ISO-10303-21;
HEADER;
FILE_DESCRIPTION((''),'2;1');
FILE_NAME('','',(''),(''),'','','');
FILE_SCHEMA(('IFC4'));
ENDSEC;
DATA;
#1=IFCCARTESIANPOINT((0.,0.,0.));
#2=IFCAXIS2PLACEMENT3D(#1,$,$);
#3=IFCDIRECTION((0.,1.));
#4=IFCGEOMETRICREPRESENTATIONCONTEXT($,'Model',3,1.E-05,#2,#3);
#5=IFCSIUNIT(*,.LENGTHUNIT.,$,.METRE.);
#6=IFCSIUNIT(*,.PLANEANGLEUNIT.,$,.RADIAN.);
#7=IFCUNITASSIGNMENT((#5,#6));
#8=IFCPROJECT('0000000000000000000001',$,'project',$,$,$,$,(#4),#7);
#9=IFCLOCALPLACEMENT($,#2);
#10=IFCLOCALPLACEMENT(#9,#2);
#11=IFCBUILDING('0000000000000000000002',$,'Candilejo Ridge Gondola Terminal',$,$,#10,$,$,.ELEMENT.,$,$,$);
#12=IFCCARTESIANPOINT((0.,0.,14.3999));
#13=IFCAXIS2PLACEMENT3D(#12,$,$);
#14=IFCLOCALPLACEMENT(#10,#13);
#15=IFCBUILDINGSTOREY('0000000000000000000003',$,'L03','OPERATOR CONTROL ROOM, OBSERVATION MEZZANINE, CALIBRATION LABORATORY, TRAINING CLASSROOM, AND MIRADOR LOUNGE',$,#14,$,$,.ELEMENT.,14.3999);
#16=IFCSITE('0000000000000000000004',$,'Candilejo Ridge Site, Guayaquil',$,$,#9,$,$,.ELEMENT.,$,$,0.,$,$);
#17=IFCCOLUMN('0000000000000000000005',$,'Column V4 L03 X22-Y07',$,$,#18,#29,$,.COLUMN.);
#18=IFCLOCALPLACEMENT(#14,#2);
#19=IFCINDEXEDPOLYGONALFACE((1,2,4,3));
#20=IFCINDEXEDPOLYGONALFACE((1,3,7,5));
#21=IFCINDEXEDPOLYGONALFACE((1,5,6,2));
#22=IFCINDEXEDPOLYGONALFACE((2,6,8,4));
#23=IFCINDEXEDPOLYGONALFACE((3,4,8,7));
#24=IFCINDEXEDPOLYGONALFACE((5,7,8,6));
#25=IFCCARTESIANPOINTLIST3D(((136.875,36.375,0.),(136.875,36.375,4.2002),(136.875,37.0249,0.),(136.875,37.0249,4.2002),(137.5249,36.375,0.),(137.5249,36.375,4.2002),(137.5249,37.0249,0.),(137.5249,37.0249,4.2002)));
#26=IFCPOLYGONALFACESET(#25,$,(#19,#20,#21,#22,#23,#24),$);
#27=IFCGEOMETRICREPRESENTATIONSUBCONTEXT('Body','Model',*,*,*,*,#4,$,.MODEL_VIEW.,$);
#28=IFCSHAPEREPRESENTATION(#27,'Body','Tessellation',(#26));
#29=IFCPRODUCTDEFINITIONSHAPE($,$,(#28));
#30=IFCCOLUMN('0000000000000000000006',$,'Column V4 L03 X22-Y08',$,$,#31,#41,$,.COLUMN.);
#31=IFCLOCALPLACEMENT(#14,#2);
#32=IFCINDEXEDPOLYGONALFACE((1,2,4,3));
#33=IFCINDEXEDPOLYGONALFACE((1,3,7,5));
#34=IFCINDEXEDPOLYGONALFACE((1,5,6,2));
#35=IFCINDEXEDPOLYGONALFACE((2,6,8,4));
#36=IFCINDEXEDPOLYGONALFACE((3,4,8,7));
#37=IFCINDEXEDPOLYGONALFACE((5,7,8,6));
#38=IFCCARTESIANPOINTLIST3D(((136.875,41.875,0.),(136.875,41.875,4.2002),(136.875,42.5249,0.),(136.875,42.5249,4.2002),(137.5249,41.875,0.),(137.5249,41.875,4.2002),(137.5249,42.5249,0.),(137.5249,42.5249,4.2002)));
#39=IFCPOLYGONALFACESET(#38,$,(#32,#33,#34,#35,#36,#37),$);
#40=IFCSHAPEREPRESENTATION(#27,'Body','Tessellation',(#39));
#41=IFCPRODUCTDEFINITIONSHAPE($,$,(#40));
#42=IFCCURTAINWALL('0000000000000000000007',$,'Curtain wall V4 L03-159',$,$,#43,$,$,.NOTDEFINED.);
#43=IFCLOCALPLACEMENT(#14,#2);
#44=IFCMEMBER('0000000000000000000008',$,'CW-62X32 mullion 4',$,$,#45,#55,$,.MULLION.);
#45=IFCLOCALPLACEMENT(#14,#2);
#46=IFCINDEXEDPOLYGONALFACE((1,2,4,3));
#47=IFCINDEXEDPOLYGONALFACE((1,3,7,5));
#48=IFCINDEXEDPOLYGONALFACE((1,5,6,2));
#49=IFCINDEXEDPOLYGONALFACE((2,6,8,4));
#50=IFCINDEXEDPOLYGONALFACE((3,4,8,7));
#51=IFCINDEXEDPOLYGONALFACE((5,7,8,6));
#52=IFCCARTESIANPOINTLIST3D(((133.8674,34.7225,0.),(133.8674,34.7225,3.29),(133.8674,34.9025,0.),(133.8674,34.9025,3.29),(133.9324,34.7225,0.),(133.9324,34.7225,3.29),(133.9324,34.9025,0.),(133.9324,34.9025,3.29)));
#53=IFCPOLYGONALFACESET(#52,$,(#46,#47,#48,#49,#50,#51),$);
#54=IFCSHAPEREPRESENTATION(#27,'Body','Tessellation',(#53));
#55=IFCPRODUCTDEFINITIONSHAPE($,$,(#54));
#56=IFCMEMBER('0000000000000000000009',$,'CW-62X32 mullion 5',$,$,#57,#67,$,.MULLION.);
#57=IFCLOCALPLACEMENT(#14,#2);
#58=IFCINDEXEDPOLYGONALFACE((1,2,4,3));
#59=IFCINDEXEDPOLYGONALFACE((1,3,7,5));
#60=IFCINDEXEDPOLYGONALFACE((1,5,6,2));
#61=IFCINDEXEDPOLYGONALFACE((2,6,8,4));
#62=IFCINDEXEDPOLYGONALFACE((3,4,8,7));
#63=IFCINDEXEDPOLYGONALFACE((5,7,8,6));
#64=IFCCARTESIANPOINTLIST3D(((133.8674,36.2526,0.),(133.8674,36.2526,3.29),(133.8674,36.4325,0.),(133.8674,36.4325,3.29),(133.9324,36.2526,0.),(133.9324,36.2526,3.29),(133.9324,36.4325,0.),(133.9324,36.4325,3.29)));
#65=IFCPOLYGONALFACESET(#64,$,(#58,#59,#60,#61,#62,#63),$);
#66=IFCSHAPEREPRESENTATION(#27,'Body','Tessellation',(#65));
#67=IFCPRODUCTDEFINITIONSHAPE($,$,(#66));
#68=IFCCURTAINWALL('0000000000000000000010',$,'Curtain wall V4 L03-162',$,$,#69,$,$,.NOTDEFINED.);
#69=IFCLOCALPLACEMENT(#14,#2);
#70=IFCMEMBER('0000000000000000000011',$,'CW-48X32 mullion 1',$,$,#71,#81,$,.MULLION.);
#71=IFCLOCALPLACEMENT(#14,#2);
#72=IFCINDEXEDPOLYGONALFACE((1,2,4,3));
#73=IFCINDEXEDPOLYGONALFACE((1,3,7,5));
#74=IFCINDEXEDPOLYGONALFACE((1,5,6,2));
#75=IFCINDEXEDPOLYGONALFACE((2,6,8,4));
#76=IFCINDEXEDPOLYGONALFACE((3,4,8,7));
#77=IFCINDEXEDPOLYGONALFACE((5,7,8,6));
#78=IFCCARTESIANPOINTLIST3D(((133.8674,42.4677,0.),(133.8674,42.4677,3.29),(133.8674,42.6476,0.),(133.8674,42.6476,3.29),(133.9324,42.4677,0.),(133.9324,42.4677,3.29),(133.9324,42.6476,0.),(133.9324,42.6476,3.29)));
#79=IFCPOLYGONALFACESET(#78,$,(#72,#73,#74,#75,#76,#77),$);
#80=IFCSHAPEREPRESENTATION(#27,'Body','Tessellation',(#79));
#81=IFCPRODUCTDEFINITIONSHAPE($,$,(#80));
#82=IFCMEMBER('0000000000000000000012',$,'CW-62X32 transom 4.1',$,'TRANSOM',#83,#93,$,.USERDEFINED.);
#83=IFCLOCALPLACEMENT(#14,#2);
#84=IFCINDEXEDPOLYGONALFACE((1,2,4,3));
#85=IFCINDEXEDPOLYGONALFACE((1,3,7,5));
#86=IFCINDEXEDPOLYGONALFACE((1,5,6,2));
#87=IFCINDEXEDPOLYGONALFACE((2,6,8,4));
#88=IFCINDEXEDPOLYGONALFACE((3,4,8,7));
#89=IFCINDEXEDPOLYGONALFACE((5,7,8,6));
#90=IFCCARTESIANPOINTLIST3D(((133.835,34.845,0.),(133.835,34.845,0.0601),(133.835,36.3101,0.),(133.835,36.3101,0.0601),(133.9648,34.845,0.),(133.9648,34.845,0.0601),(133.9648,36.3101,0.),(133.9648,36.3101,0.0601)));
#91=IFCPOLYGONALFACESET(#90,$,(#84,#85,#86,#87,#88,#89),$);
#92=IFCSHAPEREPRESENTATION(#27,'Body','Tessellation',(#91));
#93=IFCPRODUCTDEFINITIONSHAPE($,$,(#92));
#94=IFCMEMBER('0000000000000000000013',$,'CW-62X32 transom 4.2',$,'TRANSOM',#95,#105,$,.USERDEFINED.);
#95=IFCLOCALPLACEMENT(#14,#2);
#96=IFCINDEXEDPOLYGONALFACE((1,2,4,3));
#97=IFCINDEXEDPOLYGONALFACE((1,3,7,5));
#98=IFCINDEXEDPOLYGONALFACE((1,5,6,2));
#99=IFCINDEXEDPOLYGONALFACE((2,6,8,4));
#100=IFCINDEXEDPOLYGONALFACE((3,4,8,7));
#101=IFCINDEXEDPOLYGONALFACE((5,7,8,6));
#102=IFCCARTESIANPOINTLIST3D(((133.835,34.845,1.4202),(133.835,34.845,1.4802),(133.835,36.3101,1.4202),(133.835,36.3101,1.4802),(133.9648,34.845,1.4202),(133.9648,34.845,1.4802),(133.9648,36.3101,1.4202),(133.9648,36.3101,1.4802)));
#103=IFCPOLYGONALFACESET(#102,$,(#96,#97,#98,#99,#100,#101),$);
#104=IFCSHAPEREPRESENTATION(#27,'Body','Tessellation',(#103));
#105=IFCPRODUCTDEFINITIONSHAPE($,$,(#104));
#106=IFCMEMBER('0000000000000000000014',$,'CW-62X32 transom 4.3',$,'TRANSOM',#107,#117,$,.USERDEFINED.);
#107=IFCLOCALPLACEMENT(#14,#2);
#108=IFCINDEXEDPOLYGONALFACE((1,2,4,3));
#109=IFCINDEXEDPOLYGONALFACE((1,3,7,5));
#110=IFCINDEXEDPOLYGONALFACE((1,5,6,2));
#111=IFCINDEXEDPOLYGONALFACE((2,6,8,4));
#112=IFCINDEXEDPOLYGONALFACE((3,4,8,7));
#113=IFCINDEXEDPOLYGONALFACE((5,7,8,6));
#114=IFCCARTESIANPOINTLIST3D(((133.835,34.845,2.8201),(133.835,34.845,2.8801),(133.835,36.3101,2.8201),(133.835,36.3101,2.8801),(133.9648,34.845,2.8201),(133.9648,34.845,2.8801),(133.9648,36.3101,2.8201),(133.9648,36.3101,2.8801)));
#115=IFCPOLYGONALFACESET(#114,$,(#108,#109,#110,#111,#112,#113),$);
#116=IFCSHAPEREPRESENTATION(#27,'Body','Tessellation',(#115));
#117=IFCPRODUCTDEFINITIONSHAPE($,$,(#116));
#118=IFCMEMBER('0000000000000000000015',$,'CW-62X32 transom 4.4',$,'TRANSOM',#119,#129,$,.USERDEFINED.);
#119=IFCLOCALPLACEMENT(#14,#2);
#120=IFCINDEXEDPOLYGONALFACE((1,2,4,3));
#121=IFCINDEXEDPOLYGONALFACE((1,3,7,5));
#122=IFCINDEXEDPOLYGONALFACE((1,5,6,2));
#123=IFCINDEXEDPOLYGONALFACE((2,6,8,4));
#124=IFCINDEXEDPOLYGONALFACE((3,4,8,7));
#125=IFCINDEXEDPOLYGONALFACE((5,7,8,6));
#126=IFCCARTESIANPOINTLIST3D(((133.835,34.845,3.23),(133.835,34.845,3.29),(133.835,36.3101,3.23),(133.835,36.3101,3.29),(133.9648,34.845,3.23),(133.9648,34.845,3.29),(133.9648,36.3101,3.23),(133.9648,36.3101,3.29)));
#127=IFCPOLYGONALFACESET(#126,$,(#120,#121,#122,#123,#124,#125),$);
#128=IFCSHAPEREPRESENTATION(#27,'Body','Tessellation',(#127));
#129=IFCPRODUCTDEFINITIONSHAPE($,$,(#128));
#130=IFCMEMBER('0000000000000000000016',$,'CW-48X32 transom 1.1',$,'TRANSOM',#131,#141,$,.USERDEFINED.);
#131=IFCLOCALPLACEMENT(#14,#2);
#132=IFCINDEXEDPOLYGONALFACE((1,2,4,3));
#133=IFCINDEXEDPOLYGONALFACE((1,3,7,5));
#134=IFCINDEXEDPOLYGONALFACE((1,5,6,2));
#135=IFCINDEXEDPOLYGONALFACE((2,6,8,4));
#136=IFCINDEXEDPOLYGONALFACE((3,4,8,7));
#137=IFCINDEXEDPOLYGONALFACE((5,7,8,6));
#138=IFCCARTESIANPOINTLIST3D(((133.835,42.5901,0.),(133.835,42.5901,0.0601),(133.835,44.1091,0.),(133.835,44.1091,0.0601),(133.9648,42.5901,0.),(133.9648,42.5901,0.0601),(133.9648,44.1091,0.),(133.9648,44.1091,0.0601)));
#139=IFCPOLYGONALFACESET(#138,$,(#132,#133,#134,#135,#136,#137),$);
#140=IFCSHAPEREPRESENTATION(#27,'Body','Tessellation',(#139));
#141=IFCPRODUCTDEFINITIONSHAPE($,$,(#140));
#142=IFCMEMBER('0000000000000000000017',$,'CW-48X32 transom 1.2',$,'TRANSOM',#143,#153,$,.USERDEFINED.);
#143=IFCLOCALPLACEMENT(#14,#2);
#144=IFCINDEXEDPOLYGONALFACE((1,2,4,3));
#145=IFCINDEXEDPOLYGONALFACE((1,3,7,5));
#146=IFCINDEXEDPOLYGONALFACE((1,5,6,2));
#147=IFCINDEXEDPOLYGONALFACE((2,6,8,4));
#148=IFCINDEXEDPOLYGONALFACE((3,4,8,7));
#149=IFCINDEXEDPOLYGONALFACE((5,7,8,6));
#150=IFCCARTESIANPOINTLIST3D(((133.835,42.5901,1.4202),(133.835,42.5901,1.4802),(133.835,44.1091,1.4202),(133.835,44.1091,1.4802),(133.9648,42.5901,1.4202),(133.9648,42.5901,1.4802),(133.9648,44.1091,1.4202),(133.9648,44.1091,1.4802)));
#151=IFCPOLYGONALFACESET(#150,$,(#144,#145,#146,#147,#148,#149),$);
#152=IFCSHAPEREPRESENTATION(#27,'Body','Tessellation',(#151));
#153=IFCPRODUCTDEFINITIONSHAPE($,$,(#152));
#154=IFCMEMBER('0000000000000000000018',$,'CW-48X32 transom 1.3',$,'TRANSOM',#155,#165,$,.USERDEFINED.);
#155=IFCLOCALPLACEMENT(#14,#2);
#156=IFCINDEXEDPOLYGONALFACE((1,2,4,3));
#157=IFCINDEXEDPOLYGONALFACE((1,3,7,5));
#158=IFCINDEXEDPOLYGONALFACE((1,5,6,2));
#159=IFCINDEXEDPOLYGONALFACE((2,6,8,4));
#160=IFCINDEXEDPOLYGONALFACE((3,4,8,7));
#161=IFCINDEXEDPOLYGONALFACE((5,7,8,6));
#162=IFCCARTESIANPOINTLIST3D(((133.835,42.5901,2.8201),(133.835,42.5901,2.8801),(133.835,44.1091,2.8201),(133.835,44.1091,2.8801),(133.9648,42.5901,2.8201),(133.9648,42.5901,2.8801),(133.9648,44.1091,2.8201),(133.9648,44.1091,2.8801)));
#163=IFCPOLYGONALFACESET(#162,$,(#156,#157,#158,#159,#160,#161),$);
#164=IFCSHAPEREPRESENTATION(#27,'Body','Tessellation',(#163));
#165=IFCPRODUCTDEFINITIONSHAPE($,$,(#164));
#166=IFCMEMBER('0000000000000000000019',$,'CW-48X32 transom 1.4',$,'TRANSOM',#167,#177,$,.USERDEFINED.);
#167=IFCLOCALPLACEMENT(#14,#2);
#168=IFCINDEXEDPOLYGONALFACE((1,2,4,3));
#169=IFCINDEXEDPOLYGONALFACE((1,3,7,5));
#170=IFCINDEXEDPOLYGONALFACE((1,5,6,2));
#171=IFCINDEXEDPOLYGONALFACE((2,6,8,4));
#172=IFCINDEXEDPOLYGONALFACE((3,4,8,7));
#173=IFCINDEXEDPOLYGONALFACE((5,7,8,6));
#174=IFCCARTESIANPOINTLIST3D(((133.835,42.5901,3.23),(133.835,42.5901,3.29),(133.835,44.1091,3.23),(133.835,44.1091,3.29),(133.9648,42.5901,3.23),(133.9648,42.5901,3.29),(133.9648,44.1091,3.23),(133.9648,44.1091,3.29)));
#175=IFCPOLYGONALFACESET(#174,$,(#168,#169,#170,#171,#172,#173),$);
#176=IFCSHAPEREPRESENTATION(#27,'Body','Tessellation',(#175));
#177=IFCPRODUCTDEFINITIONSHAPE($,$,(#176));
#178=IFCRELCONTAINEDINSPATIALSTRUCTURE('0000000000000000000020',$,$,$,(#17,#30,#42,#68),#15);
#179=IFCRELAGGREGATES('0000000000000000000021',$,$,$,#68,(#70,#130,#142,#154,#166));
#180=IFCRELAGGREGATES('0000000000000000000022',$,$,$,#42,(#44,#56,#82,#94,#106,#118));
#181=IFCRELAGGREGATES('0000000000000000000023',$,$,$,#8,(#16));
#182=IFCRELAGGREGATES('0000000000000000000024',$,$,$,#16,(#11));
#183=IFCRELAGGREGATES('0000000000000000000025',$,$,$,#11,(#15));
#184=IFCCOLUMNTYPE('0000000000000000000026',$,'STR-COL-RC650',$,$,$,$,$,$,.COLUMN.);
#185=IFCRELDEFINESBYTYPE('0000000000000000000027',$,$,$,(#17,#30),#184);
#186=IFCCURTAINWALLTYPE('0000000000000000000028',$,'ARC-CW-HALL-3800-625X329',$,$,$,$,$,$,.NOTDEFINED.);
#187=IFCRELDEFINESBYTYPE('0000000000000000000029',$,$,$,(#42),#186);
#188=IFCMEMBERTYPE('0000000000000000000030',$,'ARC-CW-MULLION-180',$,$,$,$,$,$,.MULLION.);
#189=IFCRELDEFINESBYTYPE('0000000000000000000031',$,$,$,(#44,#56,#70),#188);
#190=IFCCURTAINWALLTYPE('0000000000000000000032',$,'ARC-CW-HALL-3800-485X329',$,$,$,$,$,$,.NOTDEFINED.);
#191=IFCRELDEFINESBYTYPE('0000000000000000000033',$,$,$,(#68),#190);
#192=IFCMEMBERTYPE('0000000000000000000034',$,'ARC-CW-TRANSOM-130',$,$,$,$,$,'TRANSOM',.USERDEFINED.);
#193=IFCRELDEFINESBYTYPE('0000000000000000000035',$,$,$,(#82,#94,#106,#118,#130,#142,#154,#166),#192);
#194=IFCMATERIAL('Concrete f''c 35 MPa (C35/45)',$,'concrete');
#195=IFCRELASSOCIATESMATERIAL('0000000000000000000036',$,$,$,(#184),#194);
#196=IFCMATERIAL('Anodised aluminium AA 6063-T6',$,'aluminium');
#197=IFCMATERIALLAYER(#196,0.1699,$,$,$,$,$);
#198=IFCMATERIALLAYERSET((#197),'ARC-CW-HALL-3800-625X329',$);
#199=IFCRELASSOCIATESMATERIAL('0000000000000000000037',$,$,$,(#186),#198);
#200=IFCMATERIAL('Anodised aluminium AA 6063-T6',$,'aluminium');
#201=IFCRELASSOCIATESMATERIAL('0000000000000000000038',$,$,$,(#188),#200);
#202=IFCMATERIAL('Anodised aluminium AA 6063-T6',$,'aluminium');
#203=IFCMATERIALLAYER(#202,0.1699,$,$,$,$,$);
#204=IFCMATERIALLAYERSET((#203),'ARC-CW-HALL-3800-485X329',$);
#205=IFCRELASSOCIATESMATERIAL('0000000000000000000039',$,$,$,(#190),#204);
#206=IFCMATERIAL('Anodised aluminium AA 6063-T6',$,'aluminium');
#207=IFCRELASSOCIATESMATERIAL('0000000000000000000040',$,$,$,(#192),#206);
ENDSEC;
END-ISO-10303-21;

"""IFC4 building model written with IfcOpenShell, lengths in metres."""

from ifc_helpers import new_model, si_unit, direction, frame, origin, origin_2d, place, context, subcontext, project, spatial, rectangle, extrude, material, layer, layer_set, material_profile, profile_set, type_object, element, aggregate, save


model = new_model("IFC4")

# Units and contexts
model_context = context("Model", 3, precision=1e-05, world=origin(), true_north=direction((0.0, 1.0)))
body_context = subcontext(model_context, "Body", "Model", "MODEL_VIEW")
ifc_project = project(units=[si_unit("LENGTHUNIT", "METRE"), si_unit("PLANEANGLEUNIT", "RADIAN")], contexts=[model_context])

# Site, building, storey
site_placement = place(None, origin())
site = spatial("IfcSite", under=ifc_project, at=site_placement, Name="Candilejo Ridge Site, Guayaquil", CompositionType="ELEMENT", RefElevation=0.0)
building_placement = place(site_placement, origin())
building = spatial("IfcBuilding", under=site, at=building_placement, Name="Candilejo Ridge Gondola Terminal", CompositionType="ELEMENT")
storey_placement = place(building_placement, frame((0.0, 0.0, 14.3999)))
storey = spatial("IfcBuildingStorey", under=building, at=storey_placement, Name="L03", Description="OPERATOR CONTROL ROOM, OBSERVATION MEZZANINE, CALIBRATION LABORATORY, TRAINING CLASSROOM, AND MIRADOR LOUNGE", CompositionType="ELEMENT", Elevation=14.3999)

# Columns
ifc_material_1 = material(Name="Concrete f'c 35 MPa (C35/45)", Category="concrete")
ifc_material_profile_1 = material_profile(ifc_material_1, rectangle(XDim=0.6499, YDim=0.6499, at=origin_2d()))
ifc_profile_set_1 = profile_set([ifc_material_profile_1], Name="Concrete f'c 35 MPa (C35/45)")
column_type = type_object("IfcColumnType", Name="STR-COL-RC650", PredefinedType="COLUMN", material=ifc_profile_set_1)
for number, where, z_axis, x_axis, name in (
    (1, (137.2, 36.7, 0.0), (0.0, 0.0, 1.0), (1.0, 0.0, 0.0), "Column V4 L03 X22-Y07"),
    (2, (137.2, 42.2, 0.0), (0.0, 0.0, 1.0), (1.0, 0.0, 0.0), "Column V4 L03 X22-Y08"),
):
    element("IfcColumn", number, at=place(storey_placement, frame(where, z_axis=z_axis, x_axis=x_axis)), inside=storey, type_object=column_type, Name=name, PredefinedType="COLUMN", context=body_context, shape_type="SweptSolid", body=[
        extrude(rectangle(XDim=0.6499, YDim=0.6499, at=origin_2d()), origin(), (0.0, 0.0, 1.0), 4.2002),
    ])

# Curtain wall, members
ifc_material_2 = material(Name="Anodised aluminium AA 6063-T6", Category="aluminium")
ifc_layer_1 = layer(ifc_material_2, 0.1699)
ifc_layer_set_1 = layer_set([ifc_layer_1], Name="ARC-CW-HALL-3800-625X329")
curtain_wall_type_1 = type_object("IfcCurtainWallType", Name="ARC-CW-HALL-3800-625X329", PredefinedType="NOTDEFINED", material=ifc_layer_set_1)
curtain_wall_1_placement = place(storey_placement, origin())
curtain_wall_1 = element("IfcCurtainWall", 3, at=curtain_wall_1_placement, inside=storey, type_object=curtain_wall_type_1, Name="Curtain wall V4 L03-159", PredefinedType="NOTDEFINED")
ifc_material_3 = material(Name="Anodised aluminium AA 6063-T6", Category="aluminium")
ifc_material_profile_2 = material_profile(ifc_material_3, rectangle(XDim=0.0649, YDim=0.1799, at=origin_2d()))
ifc_profile_set_2 = profile_set([ifc_material_profile_2], Name="Anodised aluminium AA 6063-T6")
member_type_1 = type_object("IfcMemberType", Name="ARC-CW-MULLION-180", PredefinedType="MULLION", material=ifc_profile_set_2)
member_1_placement = place(storey_placement, frame((133.8999, 34.8125, 0.0), z_axis=(0.0, 0.0, 1.0), x_axis=(-1.0, 0.0, 0.0)))
member_1 = element("IfcMember", 4, at=member_1_placement, type_object=member_type_1, Name="CW-62X32 mullion 4", PredefinedType="MULLION", context=body_context, shape_type="SweptSolid", body=[
    extrude(rectangle(XDim=0.0649, YDim=0.1799, at=origin_2d()), origin(), (0.0, 0.0, 1.0), 3.29),
])
member_2_placement = place(storey_placement, frame((133.8999, 36.3425, 0.0), z_axis=(0.0, 0.0, 1.0), x_axis=(-1.0, 0.0, 0.0)))
member_2 = element("IfcMember", 5, at=member_2_placement, type_object=member_type_1, Name="CW-62X32 mullion 5", PredefinedType="MULLION", context=body_context, shape_type="SweptSolid", body=[
    extrude(rectangle(XDim=0.0649, YDim=0.1799, at=origin_2d()), origin(), (0.0, 0.0, 1.0), 3.29),
])

# Curtain wall, member
ifc_material_4 = material(Name="Anodised aluminium AA 6063-T6", Category="aluminium")
ifc_layer_2 = layer(ifc_material_4, 0.1699)
ifc_layer_set_2 = layer_set([ifc_layer_2], Name="ARC-CW-HALL-3800-485X329")
curtain_wall_type_2 = type_object("IfcCurtainWallType", Name="ARC-CW-HALL-3800-485X329", PredefinedType="NOTDEFINED", material=ifc_layer_set_2)
curtain_wall_2_placement = place(storey_placement, origin())
curtain_wall_2 = element("IfcCurtainWall", 6, at=curtain_wall_2_placement, inside=storey, type_object=curtain_wall_type_2, Name="Curtain wall V4 L03-162", PredefinedType="NOTDEFINED")
member_3_placement = place(storey_placement, frame((133.8999, 42.5576, 0.0), z_axis=(0.0, 0.0, 1.0), x_axis=(-1.0, 0.0, 0.0)))
member_3 = element("IfcMember", 7, at=member_3_placement, type_object=member_type_1, Name="CW-48X32 mullion 1", PredefinedType="MULLION", context=body_context, shape_type="SweptSolid", body=[
    extrude(rectangle(XDim=0.0649, YDim=0.1799, at=origin_2d()), origin(), (0.0, 0.0, 1.0), 3.29),
])

# Members
ifc_material_5 = material(Name="Anodised aluminium AA 6063-T6", Category="aluminium")
ifc_material_profile_3 = material_profile(ifc_material_5, rectangle(XDim=0.1299, YDim=0.0601, at=origin_2d()))
ifc_profile_set_3 = profile_set([ifc_material_profile_3], Name="Anodised aluminium AA 6063-T6")
member_type_2 = type_object("IfcMemberType", Name="ARC-CW-TRANSOM-130", ElementType="TRANSOM", PredefinedType="USERDEFINED", material=ifc_profile_set_3)
member_4_placement = place(storey_placement, frame((133.8999, 34.845, 0.03), z_axis=(0.0, 1.0, 0.0), x_axis=(-1.0, 0.0, 0.0)))
member_4 = element("IfcMember", 8, at=member_4_placement, type_object=member_type_2, Name="CW-62X32 transom 4.1", ObjectType="TRANSOM", PredefinedType="USERDEFINED", context=body_context, shape_type="SweptSolid", body=[
    extrude(rectangle(XDim=0.1299, YDim=0.0601, at=origin_2d()), origin(), (0.0, 0.0, 1.0), 1.4651),
])
member_5_placement = place(storey_placement, frame((133.8999, 34.845, 1.4502), z_axis=(0.0, 1.0, 0.0), x_axis=(-1.0, 0.0, 0.0)))
member_5 = element("IfcMember", 9, at=member_5_placement, type_object=member_type_2, Name="CW-62X32 transom 4.2", ObjectType="TRANSOM", PredefinedType="USERDEFINED", context=body_context, shape_type="SweptSolid", body=[
    extrude(rectangle(XDim=0.1299, YDim=0.0601, at=origin_2d()), origin(), (0.0, 0.0, 1.0), 1.4651),
])
member_6_placement = place(storey_placement, frame((133.8999, 34.845, 2.8501), z_axis=(0.0, 1.0, 0.0), x_axis=(-1.0, 0.0, 0.0)))
member_6 = element("IfcMember", 10, at=member_6_placement, type_object=member_type_2, Name="CW-62X32 transom 4.3", ObjectType="TRANSOM", PredefinedType="USERDEFINED", context=body_context, shape_type="SweptSolid", body=[
    extrude(rectangle(XDim=0.1299, YDim=0.0601, at=origin_2d()), origin(), (0.0, 0.0, 1.0), 1.4651),
])
member_7_placement = place(storey_placement, frame((133.8999, 34.845, 3.26), z_axis=(0.0, 1.0, 0.0), x_axis=(-1.0, 0.0, 0.0)))
member_7 = element("IfcMember", 11, at=member_7_placement, type_object=member_type_2, Name="CW-62X32 transom 4.4", ObjectType="TRANSOM", PredefinedType="USERDEFINED", context=body_context, shape_type="SweptSolid", body=[
    extrude(rectangle(XDim=0.1299, YDim=0.0601, at=origin_2d()), origin(), (0.0, 0.0, 1.0), 1.4651),
])
member_8_placement = place(storey_placement, frame((133.8999, 42.5901, 0.03), z_axis=(0.0, 1.0, 0.0), x_axis=(-1.0, 0.0, 0.0)))
member_8 = element("IfcMember", 12, at=member_8_placement, type_object=member_type_2, Name="CW-48X32 transom 1.1", ObjectType="TRANSOM", PredefinedType="USERDEFINED", context=body_context, shape_type="SweptSolid", body=[
    extrude(rectangle(XDim=0.1299, YDim=0.0601, at=origin_2d()), origin(), (0.0, 0.0, 1.0), 1.519),
])
member_9_placement = place(storey_placement, frame((133.8999, 42.5901, 1.4502), z_axis=(0.0, 1.0, 0.0), x_axis=(-1.0, 0.0, 0.0)))
member_9 = element("IfcMember", 13, at=member_9_placement, type_object=member_type_2, Name="CW-48X32 transom 1.2", ObjectType="TRANSOM", PredefinedType="USERDEFINED", context=body_context, shape_type="SweptSolid", body=[
    extrude(rectangle(XDim=0.1299, YDim=0.0601, at=origin_2d()), origin(), (0.0, 0.0, 1.0), 1.519),
])
member_10_placement = place(storey_placement, frame((133.8999, 42.5901, 2.8501), z_axis=(0.0, 1.0, 0.0), x_axis=(-1.0, 0.0, 0.0)))
member_10 = element("IfcMember", 14, at=member_10_placement, type_object=member_type_2, Name="CW-48X32 transom 1.3", ObjectType="TRANSOM", PredefinedType="USERDEFINED", context=body_context, shape_type="SweptSolid", body=[
    extrude(rectangle(XDim=0.1299, YDim=0.0601, at=origin_2d()), origin(), (0.0, 0.0, 1.0), 1.519),
])
member_11_placement = place(storey_placement, frame((133.8999, 42.5901, 3.26), z_axis=(0.0, 1.0, 0.0), x_axis=(-1.0, 0.0, 0.0)))
member_11 = element("IfcMember", 15, at=member_11_placement, type_object=member_type_2, Name="CW-48X32 transom 1.4", ObjectType="TRANSOM", PredefinedType="USERDEFINED", context=body_context, shape_type="SweptSolid", body=[
    extrude(rectangle(XDim=0.1299, YDim=0.0601, at=origin_2d()), origin(), (0.0, 0.0, 1.0), 1.519),
])
aggregate(curtain_wall_2, [member_3, member_8, member_9, member_10, member_11])

aggregate(curtain_wall_1, [member_1, member_2, member_4, member_5, member_6, member_7])

save(model, "model.ifc")
